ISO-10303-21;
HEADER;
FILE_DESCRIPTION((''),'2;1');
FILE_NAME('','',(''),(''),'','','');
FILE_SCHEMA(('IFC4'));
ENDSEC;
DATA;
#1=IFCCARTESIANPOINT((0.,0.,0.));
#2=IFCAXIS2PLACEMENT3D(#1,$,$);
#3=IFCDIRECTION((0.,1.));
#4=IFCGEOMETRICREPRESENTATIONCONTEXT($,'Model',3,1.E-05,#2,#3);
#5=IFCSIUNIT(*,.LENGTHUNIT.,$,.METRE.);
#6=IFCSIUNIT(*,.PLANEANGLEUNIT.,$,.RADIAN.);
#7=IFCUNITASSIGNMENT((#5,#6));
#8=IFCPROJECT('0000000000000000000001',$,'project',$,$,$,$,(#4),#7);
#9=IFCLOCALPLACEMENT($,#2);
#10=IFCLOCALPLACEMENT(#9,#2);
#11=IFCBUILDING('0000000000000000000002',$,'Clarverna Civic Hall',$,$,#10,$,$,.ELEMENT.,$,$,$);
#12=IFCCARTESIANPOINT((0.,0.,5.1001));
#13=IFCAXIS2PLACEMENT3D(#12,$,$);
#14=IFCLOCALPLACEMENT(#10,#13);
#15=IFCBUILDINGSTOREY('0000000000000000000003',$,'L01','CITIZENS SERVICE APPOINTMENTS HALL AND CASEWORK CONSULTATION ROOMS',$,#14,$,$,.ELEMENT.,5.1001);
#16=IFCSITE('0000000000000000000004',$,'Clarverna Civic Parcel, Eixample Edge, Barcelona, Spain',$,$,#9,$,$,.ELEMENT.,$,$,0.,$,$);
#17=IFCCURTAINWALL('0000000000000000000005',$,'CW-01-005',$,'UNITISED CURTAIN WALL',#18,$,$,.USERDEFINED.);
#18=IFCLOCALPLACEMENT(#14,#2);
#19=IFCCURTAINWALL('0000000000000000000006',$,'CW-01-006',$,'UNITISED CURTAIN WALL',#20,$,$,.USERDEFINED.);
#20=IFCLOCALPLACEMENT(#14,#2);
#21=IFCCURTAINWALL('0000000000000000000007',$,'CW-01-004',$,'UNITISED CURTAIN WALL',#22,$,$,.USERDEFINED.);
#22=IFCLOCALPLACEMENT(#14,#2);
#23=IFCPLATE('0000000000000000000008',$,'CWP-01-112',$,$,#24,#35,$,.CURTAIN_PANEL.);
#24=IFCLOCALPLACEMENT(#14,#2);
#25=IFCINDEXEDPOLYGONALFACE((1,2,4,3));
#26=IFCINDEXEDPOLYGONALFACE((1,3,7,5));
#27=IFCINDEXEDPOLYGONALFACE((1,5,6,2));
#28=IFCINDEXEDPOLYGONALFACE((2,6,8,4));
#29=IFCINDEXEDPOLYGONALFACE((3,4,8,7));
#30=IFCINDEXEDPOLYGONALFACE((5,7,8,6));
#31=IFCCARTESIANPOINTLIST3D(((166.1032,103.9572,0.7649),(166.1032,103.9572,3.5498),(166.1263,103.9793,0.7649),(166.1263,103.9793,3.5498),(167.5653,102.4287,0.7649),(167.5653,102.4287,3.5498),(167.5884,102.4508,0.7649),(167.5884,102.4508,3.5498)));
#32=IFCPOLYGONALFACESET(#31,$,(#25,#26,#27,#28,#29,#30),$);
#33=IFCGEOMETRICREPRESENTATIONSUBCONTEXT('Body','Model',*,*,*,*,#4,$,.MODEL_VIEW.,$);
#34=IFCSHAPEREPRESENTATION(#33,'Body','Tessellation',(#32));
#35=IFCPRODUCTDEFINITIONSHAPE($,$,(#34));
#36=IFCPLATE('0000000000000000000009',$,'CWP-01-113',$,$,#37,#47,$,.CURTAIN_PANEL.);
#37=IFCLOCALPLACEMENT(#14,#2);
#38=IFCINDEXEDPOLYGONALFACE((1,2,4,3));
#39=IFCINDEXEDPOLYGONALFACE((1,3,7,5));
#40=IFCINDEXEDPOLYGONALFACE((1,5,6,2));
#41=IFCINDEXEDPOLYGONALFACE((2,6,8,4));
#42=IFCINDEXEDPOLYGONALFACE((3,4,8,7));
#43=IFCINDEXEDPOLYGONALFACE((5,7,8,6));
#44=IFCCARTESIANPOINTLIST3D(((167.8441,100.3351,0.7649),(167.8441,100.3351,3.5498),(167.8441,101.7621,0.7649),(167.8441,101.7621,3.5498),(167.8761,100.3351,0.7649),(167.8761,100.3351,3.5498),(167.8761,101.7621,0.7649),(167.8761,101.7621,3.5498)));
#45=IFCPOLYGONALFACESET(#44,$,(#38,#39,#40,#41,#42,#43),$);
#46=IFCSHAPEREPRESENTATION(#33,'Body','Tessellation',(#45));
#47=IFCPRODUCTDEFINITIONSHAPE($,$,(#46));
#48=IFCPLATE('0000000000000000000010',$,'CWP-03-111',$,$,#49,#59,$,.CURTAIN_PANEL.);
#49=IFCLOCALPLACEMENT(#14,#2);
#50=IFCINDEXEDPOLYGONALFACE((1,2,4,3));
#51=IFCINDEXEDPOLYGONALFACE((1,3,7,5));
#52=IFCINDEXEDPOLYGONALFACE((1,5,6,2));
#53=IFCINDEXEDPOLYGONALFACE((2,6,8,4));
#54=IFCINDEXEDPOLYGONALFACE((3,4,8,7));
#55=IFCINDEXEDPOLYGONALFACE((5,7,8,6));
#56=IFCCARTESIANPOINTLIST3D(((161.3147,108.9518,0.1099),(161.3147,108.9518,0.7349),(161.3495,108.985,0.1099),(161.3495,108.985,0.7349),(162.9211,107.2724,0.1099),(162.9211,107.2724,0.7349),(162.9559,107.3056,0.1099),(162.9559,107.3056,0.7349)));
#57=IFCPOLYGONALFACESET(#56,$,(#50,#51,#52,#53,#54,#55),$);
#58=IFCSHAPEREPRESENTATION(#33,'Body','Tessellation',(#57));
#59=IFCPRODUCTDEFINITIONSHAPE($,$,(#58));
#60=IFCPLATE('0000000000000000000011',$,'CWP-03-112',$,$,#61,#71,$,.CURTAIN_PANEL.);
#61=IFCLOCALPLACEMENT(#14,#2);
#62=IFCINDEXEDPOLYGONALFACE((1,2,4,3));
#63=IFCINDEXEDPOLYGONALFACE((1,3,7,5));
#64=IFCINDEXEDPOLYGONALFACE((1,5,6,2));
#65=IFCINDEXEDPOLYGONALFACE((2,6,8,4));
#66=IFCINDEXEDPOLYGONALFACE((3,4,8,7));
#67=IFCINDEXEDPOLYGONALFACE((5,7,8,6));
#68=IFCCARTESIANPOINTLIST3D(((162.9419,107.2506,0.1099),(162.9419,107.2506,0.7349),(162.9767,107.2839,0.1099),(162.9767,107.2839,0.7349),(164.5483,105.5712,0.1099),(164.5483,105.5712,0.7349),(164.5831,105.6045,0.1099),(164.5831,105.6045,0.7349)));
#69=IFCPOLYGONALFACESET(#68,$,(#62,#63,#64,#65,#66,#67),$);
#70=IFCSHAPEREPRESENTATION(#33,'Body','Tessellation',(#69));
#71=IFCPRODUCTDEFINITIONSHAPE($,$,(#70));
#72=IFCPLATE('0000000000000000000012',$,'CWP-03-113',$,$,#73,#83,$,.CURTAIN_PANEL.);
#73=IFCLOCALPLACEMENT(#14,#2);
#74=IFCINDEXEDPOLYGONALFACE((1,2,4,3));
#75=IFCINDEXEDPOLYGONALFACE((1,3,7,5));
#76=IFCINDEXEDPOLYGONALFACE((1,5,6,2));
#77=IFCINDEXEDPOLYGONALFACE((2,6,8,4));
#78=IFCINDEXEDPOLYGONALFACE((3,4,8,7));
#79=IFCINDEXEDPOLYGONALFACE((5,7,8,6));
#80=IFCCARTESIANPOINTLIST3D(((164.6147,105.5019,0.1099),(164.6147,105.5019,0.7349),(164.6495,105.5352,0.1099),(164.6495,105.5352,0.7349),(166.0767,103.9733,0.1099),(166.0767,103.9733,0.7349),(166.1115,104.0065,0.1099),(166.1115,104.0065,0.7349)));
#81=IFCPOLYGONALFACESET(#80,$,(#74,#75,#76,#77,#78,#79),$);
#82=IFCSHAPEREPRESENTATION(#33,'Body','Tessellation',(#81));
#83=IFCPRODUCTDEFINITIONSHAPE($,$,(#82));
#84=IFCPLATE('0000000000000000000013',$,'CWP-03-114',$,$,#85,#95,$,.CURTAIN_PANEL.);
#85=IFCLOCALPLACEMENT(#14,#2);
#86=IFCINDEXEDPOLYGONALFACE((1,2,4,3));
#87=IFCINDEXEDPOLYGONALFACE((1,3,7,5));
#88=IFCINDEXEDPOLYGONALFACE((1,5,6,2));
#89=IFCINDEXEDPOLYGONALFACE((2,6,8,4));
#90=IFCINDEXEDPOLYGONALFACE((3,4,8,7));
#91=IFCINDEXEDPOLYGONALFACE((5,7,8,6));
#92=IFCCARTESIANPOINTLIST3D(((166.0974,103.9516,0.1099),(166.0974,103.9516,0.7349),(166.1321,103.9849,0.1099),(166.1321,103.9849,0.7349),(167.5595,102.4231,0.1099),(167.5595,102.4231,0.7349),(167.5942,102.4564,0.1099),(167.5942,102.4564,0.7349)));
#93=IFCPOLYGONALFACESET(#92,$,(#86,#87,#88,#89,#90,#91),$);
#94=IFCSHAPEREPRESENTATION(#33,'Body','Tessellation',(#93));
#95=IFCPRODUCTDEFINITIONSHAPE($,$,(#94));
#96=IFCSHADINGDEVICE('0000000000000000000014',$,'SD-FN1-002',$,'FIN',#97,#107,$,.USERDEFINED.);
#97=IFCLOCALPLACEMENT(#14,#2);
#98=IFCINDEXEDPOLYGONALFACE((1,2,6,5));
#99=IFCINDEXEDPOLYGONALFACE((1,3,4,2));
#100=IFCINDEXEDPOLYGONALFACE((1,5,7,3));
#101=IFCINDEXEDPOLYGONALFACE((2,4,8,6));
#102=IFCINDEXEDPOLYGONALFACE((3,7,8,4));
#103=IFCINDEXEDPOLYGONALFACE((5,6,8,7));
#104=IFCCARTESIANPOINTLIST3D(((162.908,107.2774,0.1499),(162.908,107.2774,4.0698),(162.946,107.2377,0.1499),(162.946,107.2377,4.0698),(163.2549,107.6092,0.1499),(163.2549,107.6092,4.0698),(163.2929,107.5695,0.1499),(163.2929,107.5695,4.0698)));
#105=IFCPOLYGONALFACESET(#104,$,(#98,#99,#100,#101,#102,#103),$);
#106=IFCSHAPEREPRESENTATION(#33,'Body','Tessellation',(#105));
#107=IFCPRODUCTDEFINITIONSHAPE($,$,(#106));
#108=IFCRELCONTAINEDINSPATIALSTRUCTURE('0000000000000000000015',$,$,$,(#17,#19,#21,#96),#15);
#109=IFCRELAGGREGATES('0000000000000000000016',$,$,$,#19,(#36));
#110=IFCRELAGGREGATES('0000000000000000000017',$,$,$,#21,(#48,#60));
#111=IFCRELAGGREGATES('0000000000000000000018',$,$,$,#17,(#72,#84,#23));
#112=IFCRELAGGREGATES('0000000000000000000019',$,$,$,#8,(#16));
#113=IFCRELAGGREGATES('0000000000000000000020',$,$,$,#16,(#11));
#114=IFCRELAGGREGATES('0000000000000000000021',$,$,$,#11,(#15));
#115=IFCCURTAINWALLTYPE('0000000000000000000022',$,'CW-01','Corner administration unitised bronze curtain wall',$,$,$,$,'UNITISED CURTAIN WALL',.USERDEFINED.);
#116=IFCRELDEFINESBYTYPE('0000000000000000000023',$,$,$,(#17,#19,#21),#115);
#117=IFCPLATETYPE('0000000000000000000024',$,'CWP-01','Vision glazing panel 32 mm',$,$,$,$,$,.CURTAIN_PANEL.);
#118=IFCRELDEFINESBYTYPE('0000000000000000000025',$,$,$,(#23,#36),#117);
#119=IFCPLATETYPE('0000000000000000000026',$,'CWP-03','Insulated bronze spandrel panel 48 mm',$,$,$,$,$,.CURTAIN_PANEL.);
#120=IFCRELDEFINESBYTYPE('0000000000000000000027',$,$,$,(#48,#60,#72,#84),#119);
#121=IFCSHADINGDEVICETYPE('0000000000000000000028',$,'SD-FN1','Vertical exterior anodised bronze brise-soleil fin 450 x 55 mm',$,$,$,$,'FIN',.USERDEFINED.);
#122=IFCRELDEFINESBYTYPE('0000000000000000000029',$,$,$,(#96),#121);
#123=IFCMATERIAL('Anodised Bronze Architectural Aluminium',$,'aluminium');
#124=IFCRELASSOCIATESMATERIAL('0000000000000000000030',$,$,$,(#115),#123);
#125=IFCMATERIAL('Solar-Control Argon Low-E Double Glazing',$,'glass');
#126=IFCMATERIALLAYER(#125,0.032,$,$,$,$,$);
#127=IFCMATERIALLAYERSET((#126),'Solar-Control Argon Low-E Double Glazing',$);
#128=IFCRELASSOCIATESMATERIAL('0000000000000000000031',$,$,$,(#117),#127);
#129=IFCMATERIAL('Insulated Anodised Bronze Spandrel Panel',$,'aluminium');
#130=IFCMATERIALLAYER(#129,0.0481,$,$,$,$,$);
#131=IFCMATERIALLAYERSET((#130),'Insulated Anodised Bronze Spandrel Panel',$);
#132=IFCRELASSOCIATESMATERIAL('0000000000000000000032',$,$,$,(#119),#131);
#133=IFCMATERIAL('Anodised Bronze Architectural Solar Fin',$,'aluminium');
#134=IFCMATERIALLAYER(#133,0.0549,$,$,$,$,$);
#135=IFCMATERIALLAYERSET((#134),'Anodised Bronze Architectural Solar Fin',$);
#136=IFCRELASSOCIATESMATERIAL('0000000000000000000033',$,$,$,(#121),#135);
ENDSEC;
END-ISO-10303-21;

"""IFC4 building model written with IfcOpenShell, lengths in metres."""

from ifc_helpers import new_model, si_unit, direction, frame, frame_2d, origin, place, context, subcontext, project, spatial, rectangle, extrude, material, layer, layer_set, type_object, element, aggregate, save


model = new_model("IFC4")

# Units and contexts
model_context = context("Model", 3, precision=1e-05, world=origin(), true_north=direction((0.0, 1.0)))
body_context = subcontext(model_context, "Body", "Model", "MODEL_VIEW")
ifc_project = project(units=[si_unit("LENGTHUNIT", "METRE"), si_unit("PLANEANGLEUNIT", "RADIAN")], contexts=[model_context])

# Site, building, storey
site_placement = place(None, origin())
site = spatial("IfcSite", under=ifc_project, at=site_placement, Name="Clarverna Civic Parcel, Eixample Edge, Barcelona, Spain", CompositionType="ELEMENT", RefElevation=0.0)
building_placement = place(site_placement, origin())
building = spatial("IfcBuilding", under=site, at=building_placement, Name="Clarverna Civic Hall", CompositionType="ELEMENT")
storey_placement = place(building_placement, frame((0.0, 0.0, 5.1001)))
storey = spatial("IfcBuildingStorey", under=building, at=storey_placement, Name="L01", Description="CITIZENS SERVICE APPOINTMENTS HALL AND CASEWORK CONSULTATION ROOMS", CompositionType="ELEMENT", Elevation=5.1001)

# Curtain wall
ifc_material_1 = material(Name="Anodised Bronze Architectural Aluminium", Category="aluminium")
curtain_wall_type = type_object("IfcCurtainWallType", Name="CW-01", Description="Corner administration unitised bronze curtain wall", ElementType="UNITISED CURTAIN WALL", PredefinedType="USERDEFINED", material=ifc_material_1)
curtain_wall_1_placement = place(storey_placement, origin())
curtain_wall_1 = element("IfcCurtainWall", 1, at=curtain_wall_1_placement, inside=storey, type_object=curtain_wall_type, Name="CW-01-005", ObjectType="UNITISED CURTAIN WALL", PredefinedType="USERDEFINED")

# Curtain wall
curtain_wall_2_placement = place(storey_placement, origin())
curtain_wall_2 = element("IfcCurtainWall", 2, at=curtain_wall_2_placement, inside=storey, type_object=curtain_wall_type, Name="CW-01-006", ObjectType="UNITISED CURTAIN WALL", PredefinedType="USERDEFINED")

# Curtain wall
curtain_wall_3_placement = place(storey_placement, origin())
curtain_wall_3 = element("IfcCurtainWall", 3, at=curtain_wall_3_placement, inside=storey, type_object=curtain_wall_type, Name="CW-01-004", ObjectType="UNITISED CURTAIN WALL", PredefinedType="USERDEFINED")

# Plates
ifc_material_2 = material(Name="Solar-Control Argon Low-E Double Glazing", Category="glass")
ifc_layer_1 = layer(ifc_material_2, 0.032)
ifc_layer_set_1 = layer_set([ifc_layer_1], Name="Solar-Control Argon Low-E Double Glazing")
plate_type_1 = type_object("IfcPlateType", Name="CWP-01", Description="Vision glazing panel 32 mm", PredefinedType="CURTAIN_PANEL", material=ifc_layer_set_1)
plate_1_placement = place(storey_placement, frame((166.1147, 103.9683, 0.7649), z_axis=(0.0, 0.0, 1.0), x_axis=(0.691236, -0.722629, 0.0)))
plate_1 = element("IfcPlate", 4, at=plate_1_placement, type_object=plate_type_1, Name="CWP-01-112", PredefinedType="CURTAIN_PANEL", context=body_context, shape_type="SweptSolid", body=[
    extrude(rectangle(XDim=2.1152, YDim=0.032, at=frame_2d((1.0576, 0.0))), origin(), (0.0, 0.0, 1.0), 2.7849),
])
plate_2_placement = place(storey_placement, frame((167.8601, 101.762, 0.7649), z_axis=(0.0, 0.0, 1.0), x_axis=(0.0, -1.0, 0.0)))
plate_2 = element("IfcPlate", 5, at=plate_2_placement, type_object=plate_type_1, Name="CWP-01-113", PredefinedType="CURTAIN_PANEL", context=body_context, shape_type="SweptSolid", body=[
    extrude(rectangle(XDim=1.427, YDim=0.032, at=frame_2d((0.7134, 0.0))), origin(), (0.0, 0.0, 1.0), 2.7849),
])
aggregate(curtain_wall_2, [plate_2])
ifc_material_3 = material(Name="Insulated Anodised Bronze Spandrel Panel", Category="aluminium")
ifc_layer_2 = layer(ifc_material_3, 0.0481)
ifc_layer_set_2 = layer_set([ifc_layer_2], Name="Insulated Anodised Bronze Spandrel Panel")
plate_type_2 = type_object("IfcPlateType", Name="CWP-03", Description="Insulated bronze spandrel panel 48 mm", PredefinedType="CURTAIN_PANEL", material=ifc_layer_set_2)
plate_3_placement = place(storey_placement, frame((161.332, 108.9685, 0.1099), z_axis=(0.0, 0.0, 1.0), x_axis=(0.691227, -0.722637, 0.0)))
plate_3 = element("IfcPlate", 6, at=plate_3_placement, type_object=plate_type_2, Name="CWP-03-111", PredefinedType="CURTAIN_PANEL", context=body_context, shape_type="SweptSolid", body=[
    extrude(rectangle(XDim=2.324, YDim=0.0481, at=frame_2d((1.1621, 0.0))), origin(), (0.0, 0.0, 1.0), 0.625),
])
plate_4_placement = place(storey_placement, frame((162.9592, 107.2673, 0.1099), z_axis=(0.0, 0.0, 1.0), x_axis=(0.691227, -0.722637, 0.0)))
plate_4 = element("IfcPlate", 7, at=plate_4_placement, type_object=plate_type_2, Name="CWP-03-112", PredefinedType="CURTAIN_PANEL", context=body_context, shape_type="SweptSolid", body=[
    extrude(rectangle(XDim=2.324, YDim=0.0481, at=frame_2d((1.1621, 0.0))), origin(), (0.0, 0.0, 1.0), 0.625),
])
aggregate(curtain_wall_3, [plate_3, plate_4])
plate_5_placement = place(storey_placement, frame((164.6321, 105.5186, 0.1099), z_axis=(0.0, 0.0, 1.0), x_axis=(0.691175, -0.722687, 0.0)))
plate_5 = element("IfcPlate", 8, at=plate_5_placement, type_object=plate_type_2, Name="CWP-03-113", PredefinedType="CURTAIN_PANEL", context=body_context, shape_type="SweptSolid", body=[
    extrude(rectangle(XDim=2.1152, YDim=0.0481, at=frame_2d((1.0576, 0.0))), origin(), (0.0, 0.0, 1.0), 0.625),
])
plate_6_placement = place(storey_placement, frame((166.1147, 103.9683, 0.1099), z_axis=(0.0, 0.0, 1.0), x_axis=(0.691236, -0.722629, 0.0)))
plate_6 = element("IfcPlate", 9, at=plate_6_placement, type_object=plate_type_2, Name="CWP-03-114", PredefinedType="CURTAIN_PANEL", context=body_context, shape_type="SweptSolid", body=[
    extrude(rectangle(XDim=2.1152, YDim=0.0481, at=frame_2d((1.0576, 0.0))), origin(), (0.0, 0.0, 1.0), 0.625),
])
aggregate(curtain_wall_1, [plate_5, plate_6, plate_1])

# Shading device
ifc_material_4 = material(Name="Anodised Bronze Architectural Solar Fin", Category="aluminium")
ifc_layer_3 = layer(ifc_material_4, 0.0549)
ifc_layer_set_3 = layer_set([ifc_layer_3], Name="Anodised Bronze Architectural Solar Fin")
shading_device_type = type_object("IfcShadingDeviceType", Name="SD-FN1", Description="Vertical exterior anodised bronze brise-soleil fin 450 x 55 mm", ElementType="FIN", PredefinedType="USERDEFINED", material=ifc_layer_set_3)
shading_device_placement = place(storey_placement, frame((162.927, 107.2576, 0.1499), z_axis=(0.0, 0.0, 1.0), x_axis=(0.722697, 0.691165, 0.0)))
element("IfcShadingDevice", 10, at=shading_device_placement, inside=storey, type_object=shading_device_type, Name="SD-FN1-002", ObjectType="FIN", PredefinedType="USERDEFINED", context=body_context, shape_type="SweptSolid", body=[
    extrude(rectangle(XDim=0.48, YDim=0.0549, at=frame_2d((0.24, 0.0))), origin(), (0.0, 0.0, 1.0), 3.9199),
])

save(model, "model.ifc")
